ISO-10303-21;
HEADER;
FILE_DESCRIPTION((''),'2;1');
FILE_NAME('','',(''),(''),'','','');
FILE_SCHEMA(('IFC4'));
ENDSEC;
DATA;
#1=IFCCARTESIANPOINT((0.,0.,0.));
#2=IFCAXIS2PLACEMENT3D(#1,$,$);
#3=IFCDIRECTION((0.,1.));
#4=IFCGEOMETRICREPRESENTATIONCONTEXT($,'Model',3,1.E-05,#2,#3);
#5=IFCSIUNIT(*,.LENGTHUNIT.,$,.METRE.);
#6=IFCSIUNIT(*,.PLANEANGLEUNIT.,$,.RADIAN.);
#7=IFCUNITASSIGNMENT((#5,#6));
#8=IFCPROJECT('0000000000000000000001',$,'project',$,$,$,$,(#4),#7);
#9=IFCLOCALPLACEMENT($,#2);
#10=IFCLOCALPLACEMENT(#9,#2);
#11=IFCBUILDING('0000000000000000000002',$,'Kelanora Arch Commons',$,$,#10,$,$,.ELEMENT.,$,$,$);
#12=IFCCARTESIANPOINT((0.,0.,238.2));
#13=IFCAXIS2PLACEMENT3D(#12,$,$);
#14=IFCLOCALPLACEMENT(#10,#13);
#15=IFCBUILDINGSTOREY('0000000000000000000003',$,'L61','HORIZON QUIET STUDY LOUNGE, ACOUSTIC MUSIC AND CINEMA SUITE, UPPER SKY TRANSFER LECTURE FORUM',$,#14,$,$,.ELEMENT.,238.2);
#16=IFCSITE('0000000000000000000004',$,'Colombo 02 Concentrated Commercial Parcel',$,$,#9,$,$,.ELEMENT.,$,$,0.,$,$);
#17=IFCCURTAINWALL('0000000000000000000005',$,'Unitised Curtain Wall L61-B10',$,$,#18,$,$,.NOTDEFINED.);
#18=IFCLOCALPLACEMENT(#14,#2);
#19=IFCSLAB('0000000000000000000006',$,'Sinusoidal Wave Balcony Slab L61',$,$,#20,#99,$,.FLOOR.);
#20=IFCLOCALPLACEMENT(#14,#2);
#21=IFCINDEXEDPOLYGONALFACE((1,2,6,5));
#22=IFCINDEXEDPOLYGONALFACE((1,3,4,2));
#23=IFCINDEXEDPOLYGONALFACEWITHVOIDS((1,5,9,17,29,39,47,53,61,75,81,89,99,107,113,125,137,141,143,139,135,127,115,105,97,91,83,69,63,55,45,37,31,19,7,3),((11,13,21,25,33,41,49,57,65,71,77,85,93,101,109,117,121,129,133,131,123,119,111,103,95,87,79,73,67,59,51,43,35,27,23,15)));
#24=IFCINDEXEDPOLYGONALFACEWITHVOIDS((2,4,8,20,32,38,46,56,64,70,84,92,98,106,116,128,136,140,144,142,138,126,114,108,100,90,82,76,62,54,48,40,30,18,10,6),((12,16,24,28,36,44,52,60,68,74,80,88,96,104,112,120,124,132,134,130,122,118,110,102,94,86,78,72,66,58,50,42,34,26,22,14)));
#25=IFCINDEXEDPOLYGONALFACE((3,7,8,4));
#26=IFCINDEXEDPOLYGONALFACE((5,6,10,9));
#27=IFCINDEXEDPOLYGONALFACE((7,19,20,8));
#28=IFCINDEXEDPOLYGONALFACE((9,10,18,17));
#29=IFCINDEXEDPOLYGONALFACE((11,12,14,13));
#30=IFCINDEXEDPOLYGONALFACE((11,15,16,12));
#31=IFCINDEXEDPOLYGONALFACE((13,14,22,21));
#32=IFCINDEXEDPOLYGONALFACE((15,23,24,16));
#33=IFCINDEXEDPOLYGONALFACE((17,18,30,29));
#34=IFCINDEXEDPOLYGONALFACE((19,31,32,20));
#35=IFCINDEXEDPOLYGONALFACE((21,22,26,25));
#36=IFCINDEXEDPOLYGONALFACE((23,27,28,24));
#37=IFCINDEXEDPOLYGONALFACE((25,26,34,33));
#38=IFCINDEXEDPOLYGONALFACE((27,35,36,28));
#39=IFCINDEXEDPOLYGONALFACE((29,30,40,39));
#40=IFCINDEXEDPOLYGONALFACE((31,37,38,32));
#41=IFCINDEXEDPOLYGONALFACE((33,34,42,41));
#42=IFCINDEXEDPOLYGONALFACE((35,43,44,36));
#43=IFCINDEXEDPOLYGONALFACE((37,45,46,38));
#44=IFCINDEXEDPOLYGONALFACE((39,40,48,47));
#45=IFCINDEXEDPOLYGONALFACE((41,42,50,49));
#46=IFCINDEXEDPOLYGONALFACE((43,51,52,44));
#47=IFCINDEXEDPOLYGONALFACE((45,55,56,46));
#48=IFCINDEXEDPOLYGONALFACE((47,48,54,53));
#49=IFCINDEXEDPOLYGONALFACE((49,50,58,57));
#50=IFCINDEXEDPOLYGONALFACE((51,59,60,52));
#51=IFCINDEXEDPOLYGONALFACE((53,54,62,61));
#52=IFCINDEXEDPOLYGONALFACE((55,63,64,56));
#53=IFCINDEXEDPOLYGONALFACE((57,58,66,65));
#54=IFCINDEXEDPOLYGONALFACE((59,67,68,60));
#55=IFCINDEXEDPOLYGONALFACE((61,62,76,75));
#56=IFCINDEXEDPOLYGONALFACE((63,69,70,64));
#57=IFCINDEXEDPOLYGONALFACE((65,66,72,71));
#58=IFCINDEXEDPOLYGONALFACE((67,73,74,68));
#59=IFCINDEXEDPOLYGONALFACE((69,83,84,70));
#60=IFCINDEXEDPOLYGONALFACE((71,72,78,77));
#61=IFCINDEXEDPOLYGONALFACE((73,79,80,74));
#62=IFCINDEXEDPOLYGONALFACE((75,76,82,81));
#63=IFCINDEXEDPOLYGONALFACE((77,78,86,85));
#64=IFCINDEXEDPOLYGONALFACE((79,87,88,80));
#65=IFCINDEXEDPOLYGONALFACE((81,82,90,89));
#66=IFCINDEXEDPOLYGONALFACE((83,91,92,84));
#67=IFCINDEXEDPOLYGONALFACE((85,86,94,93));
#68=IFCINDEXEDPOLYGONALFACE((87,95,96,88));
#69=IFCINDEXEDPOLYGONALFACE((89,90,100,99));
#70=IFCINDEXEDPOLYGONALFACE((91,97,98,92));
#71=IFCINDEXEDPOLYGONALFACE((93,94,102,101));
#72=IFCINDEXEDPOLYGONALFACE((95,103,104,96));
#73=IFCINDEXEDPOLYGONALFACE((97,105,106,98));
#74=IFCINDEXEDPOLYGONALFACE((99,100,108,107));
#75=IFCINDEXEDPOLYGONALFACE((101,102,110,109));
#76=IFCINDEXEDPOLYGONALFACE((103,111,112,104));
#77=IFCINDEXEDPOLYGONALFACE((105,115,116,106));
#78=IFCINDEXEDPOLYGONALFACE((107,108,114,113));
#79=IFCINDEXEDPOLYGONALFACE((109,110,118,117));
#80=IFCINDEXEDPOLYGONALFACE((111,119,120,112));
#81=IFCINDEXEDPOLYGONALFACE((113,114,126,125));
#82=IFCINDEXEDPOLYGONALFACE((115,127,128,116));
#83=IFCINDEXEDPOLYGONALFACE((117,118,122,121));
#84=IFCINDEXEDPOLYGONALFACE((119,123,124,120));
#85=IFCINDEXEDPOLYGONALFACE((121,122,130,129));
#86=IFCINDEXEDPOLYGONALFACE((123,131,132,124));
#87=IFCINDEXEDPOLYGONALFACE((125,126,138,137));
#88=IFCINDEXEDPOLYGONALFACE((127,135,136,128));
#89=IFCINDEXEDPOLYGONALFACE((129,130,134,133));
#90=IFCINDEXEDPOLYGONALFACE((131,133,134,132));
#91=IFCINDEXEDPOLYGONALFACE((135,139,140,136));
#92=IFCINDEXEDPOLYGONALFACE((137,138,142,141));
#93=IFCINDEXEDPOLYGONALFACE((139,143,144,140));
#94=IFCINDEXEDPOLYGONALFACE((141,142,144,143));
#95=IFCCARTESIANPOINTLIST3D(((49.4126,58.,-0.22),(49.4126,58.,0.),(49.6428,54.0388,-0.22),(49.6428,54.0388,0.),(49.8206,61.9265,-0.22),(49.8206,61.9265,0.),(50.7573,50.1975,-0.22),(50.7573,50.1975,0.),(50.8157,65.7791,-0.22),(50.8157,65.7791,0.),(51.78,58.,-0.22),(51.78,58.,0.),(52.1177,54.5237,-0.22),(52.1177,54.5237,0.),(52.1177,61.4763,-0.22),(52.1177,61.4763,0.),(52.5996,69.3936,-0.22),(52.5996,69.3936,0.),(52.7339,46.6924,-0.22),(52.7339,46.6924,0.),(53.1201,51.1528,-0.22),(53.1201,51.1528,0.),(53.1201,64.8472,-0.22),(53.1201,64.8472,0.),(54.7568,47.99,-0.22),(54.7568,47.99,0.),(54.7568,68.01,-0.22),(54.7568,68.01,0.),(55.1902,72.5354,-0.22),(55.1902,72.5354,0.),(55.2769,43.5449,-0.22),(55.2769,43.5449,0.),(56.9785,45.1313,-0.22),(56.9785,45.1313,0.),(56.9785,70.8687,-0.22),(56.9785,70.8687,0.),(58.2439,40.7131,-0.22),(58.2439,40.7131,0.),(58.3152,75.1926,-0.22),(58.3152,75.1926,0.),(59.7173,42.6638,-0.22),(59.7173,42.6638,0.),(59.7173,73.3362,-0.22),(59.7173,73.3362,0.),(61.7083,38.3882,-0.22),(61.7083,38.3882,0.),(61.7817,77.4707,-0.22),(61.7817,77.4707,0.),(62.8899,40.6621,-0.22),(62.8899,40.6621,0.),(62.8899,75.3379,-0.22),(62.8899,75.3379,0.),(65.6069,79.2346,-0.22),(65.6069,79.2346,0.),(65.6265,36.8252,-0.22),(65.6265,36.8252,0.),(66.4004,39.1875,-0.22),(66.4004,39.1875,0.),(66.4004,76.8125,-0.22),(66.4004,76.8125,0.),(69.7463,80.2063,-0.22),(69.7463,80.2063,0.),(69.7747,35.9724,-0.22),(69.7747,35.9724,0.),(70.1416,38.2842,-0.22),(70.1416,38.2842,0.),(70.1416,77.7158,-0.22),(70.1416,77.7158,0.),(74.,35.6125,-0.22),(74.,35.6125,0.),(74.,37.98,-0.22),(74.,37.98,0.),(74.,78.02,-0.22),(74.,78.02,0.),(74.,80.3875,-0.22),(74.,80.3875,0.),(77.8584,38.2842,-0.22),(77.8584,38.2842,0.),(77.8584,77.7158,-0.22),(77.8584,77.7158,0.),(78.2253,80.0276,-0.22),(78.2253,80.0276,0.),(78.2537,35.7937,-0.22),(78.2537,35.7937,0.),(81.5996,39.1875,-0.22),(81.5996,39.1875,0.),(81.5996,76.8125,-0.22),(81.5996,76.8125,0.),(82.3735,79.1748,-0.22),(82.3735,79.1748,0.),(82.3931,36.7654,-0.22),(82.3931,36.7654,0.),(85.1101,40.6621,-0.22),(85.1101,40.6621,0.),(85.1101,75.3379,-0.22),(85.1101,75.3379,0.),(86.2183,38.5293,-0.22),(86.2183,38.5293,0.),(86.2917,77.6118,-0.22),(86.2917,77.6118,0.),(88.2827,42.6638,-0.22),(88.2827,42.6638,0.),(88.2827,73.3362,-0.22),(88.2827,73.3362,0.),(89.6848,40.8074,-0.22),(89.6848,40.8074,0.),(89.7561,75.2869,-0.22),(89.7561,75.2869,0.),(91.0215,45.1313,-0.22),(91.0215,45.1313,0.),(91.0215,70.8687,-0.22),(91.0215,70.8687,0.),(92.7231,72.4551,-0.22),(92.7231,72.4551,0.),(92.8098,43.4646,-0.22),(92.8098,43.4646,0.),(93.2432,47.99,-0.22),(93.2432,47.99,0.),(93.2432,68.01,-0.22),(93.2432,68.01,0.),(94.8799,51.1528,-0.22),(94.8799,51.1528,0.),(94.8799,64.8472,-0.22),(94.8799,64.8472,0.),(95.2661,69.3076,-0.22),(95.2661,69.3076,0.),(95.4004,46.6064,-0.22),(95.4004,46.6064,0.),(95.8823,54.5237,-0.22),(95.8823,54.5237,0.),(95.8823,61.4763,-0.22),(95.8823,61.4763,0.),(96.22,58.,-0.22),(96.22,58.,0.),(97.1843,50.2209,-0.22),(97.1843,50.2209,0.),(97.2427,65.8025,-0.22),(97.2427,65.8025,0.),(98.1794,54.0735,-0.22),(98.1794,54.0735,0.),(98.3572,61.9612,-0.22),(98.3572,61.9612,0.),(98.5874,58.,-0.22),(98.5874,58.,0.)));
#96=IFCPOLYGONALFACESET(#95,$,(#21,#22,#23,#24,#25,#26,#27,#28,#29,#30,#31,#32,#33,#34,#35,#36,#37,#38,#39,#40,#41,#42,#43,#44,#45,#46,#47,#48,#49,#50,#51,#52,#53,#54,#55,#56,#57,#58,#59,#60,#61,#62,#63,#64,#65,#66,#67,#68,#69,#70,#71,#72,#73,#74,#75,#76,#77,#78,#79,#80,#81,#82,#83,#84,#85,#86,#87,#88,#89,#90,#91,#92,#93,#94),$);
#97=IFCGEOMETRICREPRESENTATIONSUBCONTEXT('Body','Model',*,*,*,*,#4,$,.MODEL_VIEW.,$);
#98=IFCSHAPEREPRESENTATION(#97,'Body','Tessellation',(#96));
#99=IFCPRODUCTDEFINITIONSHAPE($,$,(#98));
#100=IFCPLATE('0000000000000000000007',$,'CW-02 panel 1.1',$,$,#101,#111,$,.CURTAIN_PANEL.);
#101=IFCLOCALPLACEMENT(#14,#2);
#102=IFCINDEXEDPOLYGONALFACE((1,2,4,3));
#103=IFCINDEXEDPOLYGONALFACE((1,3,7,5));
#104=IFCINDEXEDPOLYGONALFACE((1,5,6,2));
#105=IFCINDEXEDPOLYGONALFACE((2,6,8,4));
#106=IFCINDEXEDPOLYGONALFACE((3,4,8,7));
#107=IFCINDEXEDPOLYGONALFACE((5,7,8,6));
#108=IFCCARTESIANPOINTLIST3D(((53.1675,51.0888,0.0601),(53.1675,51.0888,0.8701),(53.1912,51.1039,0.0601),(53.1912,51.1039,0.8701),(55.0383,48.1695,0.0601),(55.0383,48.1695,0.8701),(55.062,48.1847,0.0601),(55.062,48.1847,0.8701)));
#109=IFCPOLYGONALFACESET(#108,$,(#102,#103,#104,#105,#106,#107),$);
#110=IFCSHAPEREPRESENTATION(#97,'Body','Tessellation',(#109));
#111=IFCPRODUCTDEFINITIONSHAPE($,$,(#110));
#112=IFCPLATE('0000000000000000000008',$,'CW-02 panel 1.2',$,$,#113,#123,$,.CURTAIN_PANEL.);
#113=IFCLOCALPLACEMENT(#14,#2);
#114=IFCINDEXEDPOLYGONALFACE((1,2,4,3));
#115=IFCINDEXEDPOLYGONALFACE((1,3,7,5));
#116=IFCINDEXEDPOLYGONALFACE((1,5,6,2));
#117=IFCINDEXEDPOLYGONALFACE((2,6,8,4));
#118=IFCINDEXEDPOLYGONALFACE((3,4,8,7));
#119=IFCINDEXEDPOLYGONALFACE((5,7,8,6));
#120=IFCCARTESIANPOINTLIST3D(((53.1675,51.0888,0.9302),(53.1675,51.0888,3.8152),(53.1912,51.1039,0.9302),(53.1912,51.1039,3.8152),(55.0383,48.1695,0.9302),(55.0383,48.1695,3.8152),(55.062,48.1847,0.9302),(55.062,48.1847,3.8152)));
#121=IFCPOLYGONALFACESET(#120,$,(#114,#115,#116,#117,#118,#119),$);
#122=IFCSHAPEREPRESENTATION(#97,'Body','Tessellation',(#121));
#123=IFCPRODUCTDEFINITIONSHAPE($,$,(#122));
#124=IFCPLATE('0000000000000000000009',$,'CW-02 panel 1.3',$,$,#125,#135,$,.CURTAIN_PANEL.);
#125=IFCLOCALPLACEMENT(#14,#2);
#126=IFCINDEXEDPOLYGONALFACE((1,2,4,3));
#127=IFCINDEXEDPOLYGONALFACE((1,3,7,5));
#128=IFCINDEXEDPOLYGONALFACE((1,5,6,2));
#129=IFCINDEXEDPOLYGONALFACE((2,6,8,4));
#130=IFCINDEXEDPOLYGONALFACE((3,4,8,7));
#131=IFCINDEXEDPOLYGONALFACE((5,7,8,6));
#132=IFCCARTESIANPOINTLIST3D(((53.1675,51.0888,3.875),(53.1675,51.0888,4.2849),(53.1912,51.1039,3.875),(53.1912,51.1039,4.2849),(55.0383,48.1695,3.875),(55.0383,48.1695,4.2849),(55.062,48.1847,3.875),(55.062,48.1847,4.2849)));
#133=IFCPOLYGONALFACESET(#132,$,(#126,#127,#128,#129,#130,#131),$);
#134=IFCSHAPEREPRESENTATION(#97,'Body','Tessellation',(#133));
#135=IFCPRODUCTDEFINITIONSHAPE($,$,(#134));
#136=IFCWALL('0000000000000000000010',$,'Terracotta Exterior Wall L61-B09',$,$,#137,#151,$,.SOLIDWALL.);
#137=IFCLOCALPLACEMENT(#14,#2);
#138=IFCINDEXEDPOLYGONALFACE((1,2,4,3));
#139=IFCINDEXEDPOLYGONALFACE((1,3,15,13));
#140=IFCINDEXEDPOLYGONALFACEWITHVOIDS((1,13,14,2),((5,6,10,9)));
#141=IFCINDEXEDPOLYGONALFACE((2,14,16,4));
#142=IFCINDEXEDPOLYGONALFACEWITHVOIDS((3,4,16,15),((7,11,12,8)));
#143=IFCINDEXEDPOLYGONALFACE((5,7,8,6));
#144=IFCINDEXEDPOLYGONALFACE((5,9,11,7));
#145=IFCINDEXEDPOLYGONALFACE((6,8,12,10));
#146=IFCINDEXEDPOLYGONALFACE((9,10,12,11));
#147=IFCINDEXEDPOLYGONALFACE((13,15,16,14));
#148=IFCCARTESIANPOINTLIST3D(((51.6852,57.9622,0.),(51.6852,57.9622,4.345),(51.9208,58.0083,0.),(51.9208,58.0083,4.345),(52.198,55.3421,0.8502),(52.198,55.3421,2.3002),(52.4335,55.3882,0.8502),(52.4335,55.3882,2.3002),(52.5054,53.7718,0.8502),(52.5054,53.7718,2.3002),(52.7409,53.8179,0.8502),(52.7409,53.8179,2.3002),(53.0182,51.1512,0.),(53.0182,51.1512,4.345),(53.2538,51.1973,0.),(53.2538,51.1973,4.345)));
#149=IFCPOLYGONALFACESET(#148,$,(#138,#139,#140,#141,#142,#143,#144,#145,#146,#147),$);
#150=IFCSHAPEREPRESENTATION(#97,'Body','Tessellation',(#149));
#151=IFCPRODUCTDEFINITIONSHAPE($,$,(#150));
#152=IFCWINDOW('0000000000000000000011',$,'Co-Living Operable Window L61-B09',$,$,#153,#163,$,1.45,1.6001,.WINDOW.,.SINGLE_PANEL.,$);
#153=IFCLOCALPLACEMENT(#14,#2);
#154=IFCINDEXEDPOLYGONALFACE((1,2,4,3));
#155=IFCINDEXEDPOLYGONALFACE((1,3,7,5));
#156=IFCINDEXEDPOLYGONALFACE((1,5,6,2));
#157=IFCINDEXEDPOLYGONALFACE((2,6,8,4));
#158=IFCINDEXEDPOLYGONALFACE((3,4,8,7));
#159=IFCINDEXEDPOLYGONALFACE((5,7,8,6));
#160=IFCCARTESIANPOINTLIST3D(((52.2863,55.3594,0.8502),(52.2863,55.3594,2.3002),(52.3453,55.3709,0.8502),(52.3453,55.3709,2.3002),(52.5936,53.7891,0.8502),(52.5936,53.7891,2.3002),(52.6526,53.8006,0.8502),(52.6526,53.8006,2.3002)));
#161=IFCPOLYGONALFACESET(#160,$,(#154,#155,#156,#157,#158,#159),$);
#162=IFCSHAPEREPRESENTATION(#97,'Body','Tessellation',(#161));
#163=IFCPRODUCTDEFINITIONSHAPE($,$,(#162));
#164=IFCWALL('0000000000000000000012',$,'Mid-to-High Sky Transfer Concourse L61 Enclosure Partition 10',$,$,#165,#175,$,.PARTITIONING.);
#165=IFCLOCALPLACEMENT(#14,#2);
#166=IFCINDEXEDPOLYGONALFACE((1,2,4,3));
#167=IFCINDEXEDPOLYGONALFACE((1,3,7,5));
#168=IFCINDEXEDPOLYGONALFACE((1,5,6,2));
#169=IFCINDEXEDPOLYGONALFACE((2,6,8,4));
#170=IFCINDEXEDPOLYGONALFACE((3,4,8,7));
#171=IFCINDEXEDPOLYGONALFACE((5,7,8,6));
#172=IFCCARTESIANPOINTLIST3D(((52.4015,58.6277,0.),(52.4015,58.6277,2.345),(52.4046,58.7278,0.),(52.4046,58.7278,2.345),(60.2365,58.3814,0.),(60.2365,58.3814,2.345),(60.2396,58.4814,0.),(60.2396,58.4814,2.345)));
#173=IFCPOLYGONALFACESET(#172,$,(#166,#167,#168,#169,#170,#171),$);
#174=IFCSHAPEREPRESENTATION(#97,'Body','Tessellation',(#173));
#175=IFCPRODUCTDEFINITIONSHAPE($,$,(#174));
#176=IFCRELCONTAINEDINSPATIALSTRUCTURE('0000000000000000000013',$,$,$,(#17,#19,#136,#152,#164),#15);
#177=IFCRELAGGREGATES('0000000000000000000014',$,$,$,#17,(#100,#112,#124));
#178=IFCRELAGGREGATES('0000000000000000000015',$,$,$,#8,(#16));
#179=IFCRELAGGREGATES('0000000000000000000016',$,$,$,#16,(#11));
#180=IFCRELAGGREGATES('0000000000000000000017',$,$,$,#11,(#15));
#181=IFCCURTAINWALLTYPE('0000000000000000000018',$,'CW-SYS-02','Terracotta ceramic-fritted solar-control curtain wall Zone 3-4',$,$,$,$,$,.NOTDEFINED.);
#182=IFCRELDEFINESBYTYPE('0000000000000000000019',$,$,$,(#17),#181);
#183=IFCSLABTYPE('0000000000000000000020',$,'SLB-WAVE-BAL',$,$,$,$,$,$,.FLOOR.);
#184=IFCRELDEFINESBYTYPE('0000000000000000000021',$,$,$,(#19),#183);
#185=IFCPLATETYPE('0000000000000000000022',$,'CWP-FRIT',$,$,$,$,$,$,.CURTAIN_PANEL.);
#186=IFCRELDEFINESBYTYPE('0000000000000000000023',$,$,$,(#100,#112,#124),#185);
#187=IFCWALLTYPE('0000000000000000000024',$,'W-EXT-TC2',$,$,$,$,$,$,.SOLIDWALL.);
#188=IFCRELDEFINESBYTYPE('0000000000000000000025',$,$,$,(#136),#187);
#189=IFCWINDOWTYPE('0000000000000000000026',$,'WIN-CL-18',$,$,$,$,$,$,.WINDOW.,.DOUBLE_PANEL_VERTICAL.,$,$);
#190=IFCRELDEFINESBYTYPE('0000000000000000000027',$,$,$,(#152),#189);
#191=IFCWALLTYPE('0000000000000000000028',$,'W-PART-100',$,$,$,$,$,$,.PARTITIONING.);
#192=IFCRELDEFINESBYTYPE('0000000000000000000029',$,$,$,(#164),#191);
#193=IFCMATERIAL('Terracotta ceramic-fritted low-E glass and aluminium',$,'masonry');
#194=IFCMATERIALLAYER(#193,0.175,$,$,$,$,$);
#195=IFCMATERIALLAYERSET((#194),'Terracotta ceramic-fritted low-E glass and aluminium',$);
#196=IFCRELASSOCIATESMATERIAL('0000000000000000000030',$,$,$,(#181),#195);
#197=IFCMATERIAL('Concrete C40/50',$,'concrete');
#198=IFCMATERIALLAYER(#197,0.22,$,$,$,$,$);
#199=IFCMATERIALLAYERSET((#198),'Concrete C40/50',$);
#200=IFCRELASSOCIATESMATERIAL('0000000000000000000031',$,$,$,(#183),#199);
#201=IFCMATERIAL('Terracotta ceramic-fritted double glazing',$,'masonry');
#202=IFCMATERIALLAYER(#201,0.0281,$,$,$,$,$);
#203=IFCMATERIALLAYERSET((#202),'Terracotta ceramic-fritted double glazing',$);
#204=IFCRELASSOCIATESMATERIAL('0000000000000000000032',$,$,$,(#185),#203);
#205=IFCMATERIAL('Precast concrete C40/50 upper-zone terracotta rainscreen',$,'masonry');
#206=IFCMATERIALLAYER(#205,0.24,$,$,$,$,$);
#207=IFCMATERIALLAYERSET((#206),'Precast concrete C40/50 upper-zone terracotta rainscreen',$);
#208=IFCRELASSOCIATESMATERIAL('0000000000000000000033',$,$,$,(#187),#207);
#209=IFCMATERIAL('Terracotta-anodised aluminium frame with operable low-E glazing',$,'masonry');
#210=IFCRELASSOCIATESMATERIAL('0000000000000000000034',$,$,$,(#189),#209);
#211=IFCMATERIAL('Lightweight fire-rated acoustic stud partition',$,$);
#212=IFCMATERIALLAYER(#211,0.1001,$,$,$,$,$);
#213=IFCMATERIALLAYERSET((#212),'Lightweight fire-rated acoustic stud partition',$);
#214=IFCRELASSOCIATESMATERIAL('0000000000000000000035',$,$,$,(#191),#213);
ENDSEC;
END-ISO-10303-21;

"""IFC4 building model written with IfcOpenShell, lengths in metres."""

from ifc_helpers import new_model, si_unit, direction, frame, frame_2d, origin, origin_2d, place, context, subcontext, project, spatial, polyline, rectangle, outline, extrude, source, transform, mapped, material, layer, layer_set, type_object, element, fill, aggregate, save


model = new_model("IFC4")

# Units and contexts
model_context = context("Model", 3, precision=1e-05, world=origin(), true_north=direction((0.0, 1.0)))
body_context = subcontext(model_context, "Body", "Model", "MODEL_VIEW")
ifc_project = project(units=[si_unit("LENGTHUNIT", "METRE"), si_unit("PLANEANGLEUNIT", "RADIAN")], contexts=[model_context])

# Site, building, storey
site_placement = place(None, origin())
site = spatial("IfcSite", under=ifc_project, at=site_placement, Name="Colombo 02 Concentrated Commercial Parcel", CompositionType="ELEMENT", RefElevation=0.0)
building_placement = place(site_placement, origin())
building = spatial("IfcBuilding", under=site, at=building_placement, Name="Kelanora Arch Commons", CompositionType="ELEMENT")
storey_placement = place(building_placement, frame((0.0, 0.0, 238.2)))
storey = spatial("IfcBuildingStorey", under=building, at=storey_placement, Name="L61", Description="HORIZON QUIET STUDY LOUNGE, ACOUSTIC MUSIC AND CINEMA SUITE, UPPER SKY TRANSFER LECTURE FORUM", CompositionType="ELEMENT", Elevation=238.2)

# Shared definitions
ifc_material_1 = material(Name="Terracotta ceramic-fritted low-E glass and aluminium", Category="masonry")
ifc_layer_1 = layer(ifc_material_1, 0.175)
ifc_layer_set_1 = layer_set([ifc_layer_1], Name="Terracotta ceramic-fritted low-E glass and aluminium")
curtain_wall_type = type_object("IfcCurtainWallType", Name="CW-SYS-02", Description="Terracotta ceramic-fritted solar-control curtain wall Zone 3-4", PredefinedType="NOTDEFINED", material=ifc_layer_set_1)

# Curtain wall
curtain_wall_1_placement = place(storey_placement, origin())
curtain_wall_1 = element("IfcCurtainWall", 1, at=curtain_wall_1_placement, inside=storey, type_object=curtain_wall_type, Name="Unitised Curtain Wall L61-B10", PredefinedType="NOTDEFINED")

# Shared definitions
ifc_material_2 = material(Name="Concrete C40/50", Category="concrete")

# Slab
ifc_layer_2 = layer(ifc_material_2, 0.22)
ifc_layer_set_2 = layer_set([ifc_layer_2], Name="Concrete C40/50")
slab_type_1 = type_object("IfcSlabType", Name="SLB-WAVE-BAL", PredefinedType="FLOOR", material=ifc_layer_set_2)
slab_1_placement = place(storey_placement, frame((0.0, 0.0, -0.22)))
element("IfcSlab", 2, at=slab_1_placement, inside=storey, type_object=slab_type_1, Name="Sinusoidal Wave Balcony Slab L61", PredefinedType="FLOOR", context=body_context, shape_type="SweptSolid", body=[
    extrude(outline(polyline([(98.5874, 58.0), (98.3572, 61.9612), (97.2427, 65.8025), (95.2661, 69.3076), (92.7231, 72.4551), (89.7561, 75.2869), (86.2917, 77.6118), (82.3735, 79.1748), (78.2253, 80.0276), (74.0, 80.3875), (69.7463, 80.2063), (65.6069, 79.2346), (61.7817, 77.4707), (58.3152, 75.1926), (55.1902, 72.5354), (52.5996, 69.3936), (50.8157, 65.7791), (49.8206, 61.9265), (49.4126, 58.0), (49.6428, 54.0388), (50.7573, 50.1975), (52.7339, 46.6924), (55.2769, 43.5449), (58.2439, 40.7131), (61.7083, 38.3882), (65.6265, 36.8252), (69.7747, 35.9724), (74.0, 35.6125), (78.2537, 35.7937), (82.3931, 36.7654), (86.2183, 38.5293), (89.6848, 40.8074), (92.8098, 43.4646), (95.4004, 46.6064), (97.1843, 50.2209), (98.1794, 54.0735), (98.5874, 58.0)]), holes=[polyline([(95.8823, 54.5237), (94.8799, 51.1528), (93.2432, 47.99), (91.0215, 45.1313), (88.2827, 42.6638), (85.1101, 40.6621), (81.5996, 39.1875), (77.8584, 38.2842), (74.0, 37.98), (70.1416, 38.2842), (66.4004, 39.1875), (62.8899, 40.6621), (59.7173, 42.6638), (56.9785, 45.1313), (54.7568, 47.99), (53.1201, 51.1528), (52.1177, 54.5237), (51.78, 58.0), (52.1177, 61.4763), (53.1201, 64.8472), (54.7568, 68.01), (56.9785, 70.8687), (59.7173, 73.3362), (62.8899, 75.3379), (66.4004, 76.8125), (70.1416, 77.7158), (74.0, 78.02), (77.8584, 77.7158), (81.5996, 76.8125), (85.1101, 75.3379), (88.2827, 73.3362), (91.0215, 70.8687), (93.2432, 68.01), (94.8799, 64.8472), (95.8823, 61.4763), (96.22, 58.0), (95.8823, 54.5237)])]), origin(), (0.0, 0.0, 1.0), 0.22),
])

# Plates
ifc_material_3 = material(Name="Terracotta ceramic-fritted double glazing", Category="masonry")
ifc_layer_3 = layer(ifc_material_3, 0.0281)
ifc_layer_set_3 = layer_set([ifc_layer_3], Name="Terracotta ceramic-fritted double glazing")
plate_type = type_object("IfcPlateType", Name="CWP-FRIT", PredefinedType="CURTAIN_PANEL", material=ifc_layer_set_3)
shared_shape_1 = source(origin(), body_context, "Body", "SweptSolid", [
    extrude(rectangle(XDim=3.4673, YDim=0.0281, at=origin_2d()), origin(), (0.0, 0.0, 1.0), 0.8101),
])
plate_1_placement = place(storey_placement, frame((54.1147, 49.6367, 0.0601), z_axis=(0.0, 0.0, 1.0), x_axis=(0.539559, -0.841948, 0.0)))
plate_1 = element("IfcPlate", 3, at=plate_1_placement, type_object=plate_type, Name="CW-02 panel 1.1", PredefinedType="CURTAIN_PANEL", context=body_context, shape_type="MappedRepresentation", body=[
    mapped(shared_shape_1, transform((0.0, 0.0, 0.0), scale=1.0)),
])
shared_shape_2 = source(origin(), body_context, "Body", "SweptSolid", [
    extrude(rectangle(XDim=3.4673, YDim=0.0281, at=origin_2d()), origin(), (0.0, 0.0, 1.0), 2.885),
])
plate_2_placement = place(storey_placement, frame((54.1147, 49.6367, 0.9302), z_axis=(0.0, 0.0, 1.0), x_axis=(0.539559, -0.841948, 0.0)))
plate_2 = element("IfcPlate", 4, at=plate_2_placement, type_object=plate_type, Name="CW-02 panel 1.2", PredefinedType="CURTAIN_PANEL", context=body_context, shape_type="MappedRepresentation", body=[
    mapped(shared_shape_2, transform((0.0, 0.0, 0.0), scale=1.0)),
])
shared_shape_3 = source(origin(), body_context, "Body", "SweptSolid", [
    extrude(rectangle(XDim=3.4673, YDim=0.0281, at=origin_2d()), origin(), (0.0, 0.0, 1.0), 0.4099),
])
plate_3_placement = place(storey_placement, frame((54.1147, 49.6367, 3.875), z_axis=(0.0, 0.0, 1.0), x_axis=(0.539559, -0.841948, 0.0)))
plate_3 = element("IfcPlate", 5, at=plate_3_placement, type_object=plate_type, Name="CW-02 panel 1.3", PredefinedType="CURTAIN_PANEL", context=body_context, shape_type="MappedRepresentation", body=[
    mapped(shared_shape_3, transform((0.0, 0.0, 0.0), scale=1.0)),
])
aggregate(curtain_wall_1, [plate_1, plate_2, plate_3])

# Wall, opening, window
ifc_material_4 = material(Name="Precast concrete C40/50 upper-zone terracotta rainscreen", Category="masonry")
ifc_layer_4 = layer(ifc_material_4, 0.24)
ifc_layer_set_4 = layer_set([ifc_layer_4], Name="Precast concrete C40/50 upper-zone terracotta rainscreen")
wall_type_1 = type_object("IfcWallType", Name="W-EXT-TC2", PredefinedType="SOLIDWALL", material=ifc_layer_set_4)
wall_1_placement = place(storey_placement, frame((51.803, 57.9854, 0.0), z_axis=(0.0, 0.0, 1.0), x_axis=(0.192069, -0.981381, 0.0)))
wall_1 = element("IfcWall", 6, at=wall_1_placement, inside=storey, type_object=wall_type_1, Name="Terracotta Exterior Wall L61-B09", PredefinedType="SOLIDWALL", context=body_context, shape_type="SweptSolid", body=[
    extrude(rectangle(XDim=6.9402, YDim=0.24, at=frame_2d((3.4702, 0.0))), origin(), (0.0, 0.0, 1.0), 4.345),
])
opening_placement = place(wall_1_placement, frame((2.6699, 0.0, 0.8501)))
opening = element("IfcOpeningElement", 7, at=opening_placement, cuts=wall_1, PredefinedType="OPENING", context=body_context, shape_type="SweptSolid", body=[
    extrude(rectangle(XDim=1.6001, YDim=1.45, at=frame_2d((0.8, 0.7251))), frame((0.0, 0.1299, 0.0), z_axis=(0.0, -1.0, 0.0), x_axis=(1.0, 0.0, 0.0)), (0.0, 0.0, 1.0), 0.26),
])
ifc_material_5 = material(Name="Terracotta-anodised aluminium frame with operable low-E glazing", Category="masonry")
window_type = type_object("IfcWindowType", Name="WIN-CL-18", PartitioningType="DOUBLE_PANEL_VERTICAL", PredefinedType="WINDOW", material=ifc_material_5)
window_placement = place(opening_placement, origin())
window = element("IfcWindow", 8, at=window_placement, inside=storey, type_object=window_type, Name="Co-Living Operable Window L61-B09", OverallHeight=1.45, OverallWidth=1.6001, PartitioningType="SINGLE_PANEL", PredefinedType="WINDOW", context=body_context, shape_type="SweptSolid", body=[
    extrude(rectangle(XDim=1.6001, YDim=1.45, at=frame_2d((0.8, 0.7251))), frame((0.0, 0.03, 0.0), z_axis=(0.0, -1.0, 0.0), x_axis=(1.0, 0.0, 0.0)), (0.0, 0.0, 1.0), 0.0601),
])
fill(opening, window)

# Wall
ifc_material_6 = material(Name="Lightweight fire-rated acoustic stud partition")
ifc_layer_5 = layer(ifc_material_6, 0.1001)
ifc_layer_set_5 = layer_set([ifc_layer_5], Name="Lightweight fire-rated acoustic stud partition")
wall_type_2 = type_object("IfcWallType", Name="W-PART-100", PredefinedType="PARTITIONING", material=ifc_layer_set_5)
wall_2_placement = place(storey_placement, frame((52.4031, 58.6777, 0.0), z_axis=(0.0, 0.0, 1.0), x_axis=(0.999506, -0.031425, 0.0)))
element("IfcWall", 9, at=wall_2_placement, inside=storey, type_object=wall_type_2, Name="Mid-to-High Sky Transfer Concourse L61 Enclosure Partition 10", PredefinedType="PARTITIONING", context=body_context, shape_type="SweptSolid", body=[
    extrude(rectangle(XDim=7.8389, YDim=0.1001, at=frame_2d((3.9194, 0.0))), origin(), (0.0, 0.0, 1.0), 2.345),
])

save(model, "model.ifc")
